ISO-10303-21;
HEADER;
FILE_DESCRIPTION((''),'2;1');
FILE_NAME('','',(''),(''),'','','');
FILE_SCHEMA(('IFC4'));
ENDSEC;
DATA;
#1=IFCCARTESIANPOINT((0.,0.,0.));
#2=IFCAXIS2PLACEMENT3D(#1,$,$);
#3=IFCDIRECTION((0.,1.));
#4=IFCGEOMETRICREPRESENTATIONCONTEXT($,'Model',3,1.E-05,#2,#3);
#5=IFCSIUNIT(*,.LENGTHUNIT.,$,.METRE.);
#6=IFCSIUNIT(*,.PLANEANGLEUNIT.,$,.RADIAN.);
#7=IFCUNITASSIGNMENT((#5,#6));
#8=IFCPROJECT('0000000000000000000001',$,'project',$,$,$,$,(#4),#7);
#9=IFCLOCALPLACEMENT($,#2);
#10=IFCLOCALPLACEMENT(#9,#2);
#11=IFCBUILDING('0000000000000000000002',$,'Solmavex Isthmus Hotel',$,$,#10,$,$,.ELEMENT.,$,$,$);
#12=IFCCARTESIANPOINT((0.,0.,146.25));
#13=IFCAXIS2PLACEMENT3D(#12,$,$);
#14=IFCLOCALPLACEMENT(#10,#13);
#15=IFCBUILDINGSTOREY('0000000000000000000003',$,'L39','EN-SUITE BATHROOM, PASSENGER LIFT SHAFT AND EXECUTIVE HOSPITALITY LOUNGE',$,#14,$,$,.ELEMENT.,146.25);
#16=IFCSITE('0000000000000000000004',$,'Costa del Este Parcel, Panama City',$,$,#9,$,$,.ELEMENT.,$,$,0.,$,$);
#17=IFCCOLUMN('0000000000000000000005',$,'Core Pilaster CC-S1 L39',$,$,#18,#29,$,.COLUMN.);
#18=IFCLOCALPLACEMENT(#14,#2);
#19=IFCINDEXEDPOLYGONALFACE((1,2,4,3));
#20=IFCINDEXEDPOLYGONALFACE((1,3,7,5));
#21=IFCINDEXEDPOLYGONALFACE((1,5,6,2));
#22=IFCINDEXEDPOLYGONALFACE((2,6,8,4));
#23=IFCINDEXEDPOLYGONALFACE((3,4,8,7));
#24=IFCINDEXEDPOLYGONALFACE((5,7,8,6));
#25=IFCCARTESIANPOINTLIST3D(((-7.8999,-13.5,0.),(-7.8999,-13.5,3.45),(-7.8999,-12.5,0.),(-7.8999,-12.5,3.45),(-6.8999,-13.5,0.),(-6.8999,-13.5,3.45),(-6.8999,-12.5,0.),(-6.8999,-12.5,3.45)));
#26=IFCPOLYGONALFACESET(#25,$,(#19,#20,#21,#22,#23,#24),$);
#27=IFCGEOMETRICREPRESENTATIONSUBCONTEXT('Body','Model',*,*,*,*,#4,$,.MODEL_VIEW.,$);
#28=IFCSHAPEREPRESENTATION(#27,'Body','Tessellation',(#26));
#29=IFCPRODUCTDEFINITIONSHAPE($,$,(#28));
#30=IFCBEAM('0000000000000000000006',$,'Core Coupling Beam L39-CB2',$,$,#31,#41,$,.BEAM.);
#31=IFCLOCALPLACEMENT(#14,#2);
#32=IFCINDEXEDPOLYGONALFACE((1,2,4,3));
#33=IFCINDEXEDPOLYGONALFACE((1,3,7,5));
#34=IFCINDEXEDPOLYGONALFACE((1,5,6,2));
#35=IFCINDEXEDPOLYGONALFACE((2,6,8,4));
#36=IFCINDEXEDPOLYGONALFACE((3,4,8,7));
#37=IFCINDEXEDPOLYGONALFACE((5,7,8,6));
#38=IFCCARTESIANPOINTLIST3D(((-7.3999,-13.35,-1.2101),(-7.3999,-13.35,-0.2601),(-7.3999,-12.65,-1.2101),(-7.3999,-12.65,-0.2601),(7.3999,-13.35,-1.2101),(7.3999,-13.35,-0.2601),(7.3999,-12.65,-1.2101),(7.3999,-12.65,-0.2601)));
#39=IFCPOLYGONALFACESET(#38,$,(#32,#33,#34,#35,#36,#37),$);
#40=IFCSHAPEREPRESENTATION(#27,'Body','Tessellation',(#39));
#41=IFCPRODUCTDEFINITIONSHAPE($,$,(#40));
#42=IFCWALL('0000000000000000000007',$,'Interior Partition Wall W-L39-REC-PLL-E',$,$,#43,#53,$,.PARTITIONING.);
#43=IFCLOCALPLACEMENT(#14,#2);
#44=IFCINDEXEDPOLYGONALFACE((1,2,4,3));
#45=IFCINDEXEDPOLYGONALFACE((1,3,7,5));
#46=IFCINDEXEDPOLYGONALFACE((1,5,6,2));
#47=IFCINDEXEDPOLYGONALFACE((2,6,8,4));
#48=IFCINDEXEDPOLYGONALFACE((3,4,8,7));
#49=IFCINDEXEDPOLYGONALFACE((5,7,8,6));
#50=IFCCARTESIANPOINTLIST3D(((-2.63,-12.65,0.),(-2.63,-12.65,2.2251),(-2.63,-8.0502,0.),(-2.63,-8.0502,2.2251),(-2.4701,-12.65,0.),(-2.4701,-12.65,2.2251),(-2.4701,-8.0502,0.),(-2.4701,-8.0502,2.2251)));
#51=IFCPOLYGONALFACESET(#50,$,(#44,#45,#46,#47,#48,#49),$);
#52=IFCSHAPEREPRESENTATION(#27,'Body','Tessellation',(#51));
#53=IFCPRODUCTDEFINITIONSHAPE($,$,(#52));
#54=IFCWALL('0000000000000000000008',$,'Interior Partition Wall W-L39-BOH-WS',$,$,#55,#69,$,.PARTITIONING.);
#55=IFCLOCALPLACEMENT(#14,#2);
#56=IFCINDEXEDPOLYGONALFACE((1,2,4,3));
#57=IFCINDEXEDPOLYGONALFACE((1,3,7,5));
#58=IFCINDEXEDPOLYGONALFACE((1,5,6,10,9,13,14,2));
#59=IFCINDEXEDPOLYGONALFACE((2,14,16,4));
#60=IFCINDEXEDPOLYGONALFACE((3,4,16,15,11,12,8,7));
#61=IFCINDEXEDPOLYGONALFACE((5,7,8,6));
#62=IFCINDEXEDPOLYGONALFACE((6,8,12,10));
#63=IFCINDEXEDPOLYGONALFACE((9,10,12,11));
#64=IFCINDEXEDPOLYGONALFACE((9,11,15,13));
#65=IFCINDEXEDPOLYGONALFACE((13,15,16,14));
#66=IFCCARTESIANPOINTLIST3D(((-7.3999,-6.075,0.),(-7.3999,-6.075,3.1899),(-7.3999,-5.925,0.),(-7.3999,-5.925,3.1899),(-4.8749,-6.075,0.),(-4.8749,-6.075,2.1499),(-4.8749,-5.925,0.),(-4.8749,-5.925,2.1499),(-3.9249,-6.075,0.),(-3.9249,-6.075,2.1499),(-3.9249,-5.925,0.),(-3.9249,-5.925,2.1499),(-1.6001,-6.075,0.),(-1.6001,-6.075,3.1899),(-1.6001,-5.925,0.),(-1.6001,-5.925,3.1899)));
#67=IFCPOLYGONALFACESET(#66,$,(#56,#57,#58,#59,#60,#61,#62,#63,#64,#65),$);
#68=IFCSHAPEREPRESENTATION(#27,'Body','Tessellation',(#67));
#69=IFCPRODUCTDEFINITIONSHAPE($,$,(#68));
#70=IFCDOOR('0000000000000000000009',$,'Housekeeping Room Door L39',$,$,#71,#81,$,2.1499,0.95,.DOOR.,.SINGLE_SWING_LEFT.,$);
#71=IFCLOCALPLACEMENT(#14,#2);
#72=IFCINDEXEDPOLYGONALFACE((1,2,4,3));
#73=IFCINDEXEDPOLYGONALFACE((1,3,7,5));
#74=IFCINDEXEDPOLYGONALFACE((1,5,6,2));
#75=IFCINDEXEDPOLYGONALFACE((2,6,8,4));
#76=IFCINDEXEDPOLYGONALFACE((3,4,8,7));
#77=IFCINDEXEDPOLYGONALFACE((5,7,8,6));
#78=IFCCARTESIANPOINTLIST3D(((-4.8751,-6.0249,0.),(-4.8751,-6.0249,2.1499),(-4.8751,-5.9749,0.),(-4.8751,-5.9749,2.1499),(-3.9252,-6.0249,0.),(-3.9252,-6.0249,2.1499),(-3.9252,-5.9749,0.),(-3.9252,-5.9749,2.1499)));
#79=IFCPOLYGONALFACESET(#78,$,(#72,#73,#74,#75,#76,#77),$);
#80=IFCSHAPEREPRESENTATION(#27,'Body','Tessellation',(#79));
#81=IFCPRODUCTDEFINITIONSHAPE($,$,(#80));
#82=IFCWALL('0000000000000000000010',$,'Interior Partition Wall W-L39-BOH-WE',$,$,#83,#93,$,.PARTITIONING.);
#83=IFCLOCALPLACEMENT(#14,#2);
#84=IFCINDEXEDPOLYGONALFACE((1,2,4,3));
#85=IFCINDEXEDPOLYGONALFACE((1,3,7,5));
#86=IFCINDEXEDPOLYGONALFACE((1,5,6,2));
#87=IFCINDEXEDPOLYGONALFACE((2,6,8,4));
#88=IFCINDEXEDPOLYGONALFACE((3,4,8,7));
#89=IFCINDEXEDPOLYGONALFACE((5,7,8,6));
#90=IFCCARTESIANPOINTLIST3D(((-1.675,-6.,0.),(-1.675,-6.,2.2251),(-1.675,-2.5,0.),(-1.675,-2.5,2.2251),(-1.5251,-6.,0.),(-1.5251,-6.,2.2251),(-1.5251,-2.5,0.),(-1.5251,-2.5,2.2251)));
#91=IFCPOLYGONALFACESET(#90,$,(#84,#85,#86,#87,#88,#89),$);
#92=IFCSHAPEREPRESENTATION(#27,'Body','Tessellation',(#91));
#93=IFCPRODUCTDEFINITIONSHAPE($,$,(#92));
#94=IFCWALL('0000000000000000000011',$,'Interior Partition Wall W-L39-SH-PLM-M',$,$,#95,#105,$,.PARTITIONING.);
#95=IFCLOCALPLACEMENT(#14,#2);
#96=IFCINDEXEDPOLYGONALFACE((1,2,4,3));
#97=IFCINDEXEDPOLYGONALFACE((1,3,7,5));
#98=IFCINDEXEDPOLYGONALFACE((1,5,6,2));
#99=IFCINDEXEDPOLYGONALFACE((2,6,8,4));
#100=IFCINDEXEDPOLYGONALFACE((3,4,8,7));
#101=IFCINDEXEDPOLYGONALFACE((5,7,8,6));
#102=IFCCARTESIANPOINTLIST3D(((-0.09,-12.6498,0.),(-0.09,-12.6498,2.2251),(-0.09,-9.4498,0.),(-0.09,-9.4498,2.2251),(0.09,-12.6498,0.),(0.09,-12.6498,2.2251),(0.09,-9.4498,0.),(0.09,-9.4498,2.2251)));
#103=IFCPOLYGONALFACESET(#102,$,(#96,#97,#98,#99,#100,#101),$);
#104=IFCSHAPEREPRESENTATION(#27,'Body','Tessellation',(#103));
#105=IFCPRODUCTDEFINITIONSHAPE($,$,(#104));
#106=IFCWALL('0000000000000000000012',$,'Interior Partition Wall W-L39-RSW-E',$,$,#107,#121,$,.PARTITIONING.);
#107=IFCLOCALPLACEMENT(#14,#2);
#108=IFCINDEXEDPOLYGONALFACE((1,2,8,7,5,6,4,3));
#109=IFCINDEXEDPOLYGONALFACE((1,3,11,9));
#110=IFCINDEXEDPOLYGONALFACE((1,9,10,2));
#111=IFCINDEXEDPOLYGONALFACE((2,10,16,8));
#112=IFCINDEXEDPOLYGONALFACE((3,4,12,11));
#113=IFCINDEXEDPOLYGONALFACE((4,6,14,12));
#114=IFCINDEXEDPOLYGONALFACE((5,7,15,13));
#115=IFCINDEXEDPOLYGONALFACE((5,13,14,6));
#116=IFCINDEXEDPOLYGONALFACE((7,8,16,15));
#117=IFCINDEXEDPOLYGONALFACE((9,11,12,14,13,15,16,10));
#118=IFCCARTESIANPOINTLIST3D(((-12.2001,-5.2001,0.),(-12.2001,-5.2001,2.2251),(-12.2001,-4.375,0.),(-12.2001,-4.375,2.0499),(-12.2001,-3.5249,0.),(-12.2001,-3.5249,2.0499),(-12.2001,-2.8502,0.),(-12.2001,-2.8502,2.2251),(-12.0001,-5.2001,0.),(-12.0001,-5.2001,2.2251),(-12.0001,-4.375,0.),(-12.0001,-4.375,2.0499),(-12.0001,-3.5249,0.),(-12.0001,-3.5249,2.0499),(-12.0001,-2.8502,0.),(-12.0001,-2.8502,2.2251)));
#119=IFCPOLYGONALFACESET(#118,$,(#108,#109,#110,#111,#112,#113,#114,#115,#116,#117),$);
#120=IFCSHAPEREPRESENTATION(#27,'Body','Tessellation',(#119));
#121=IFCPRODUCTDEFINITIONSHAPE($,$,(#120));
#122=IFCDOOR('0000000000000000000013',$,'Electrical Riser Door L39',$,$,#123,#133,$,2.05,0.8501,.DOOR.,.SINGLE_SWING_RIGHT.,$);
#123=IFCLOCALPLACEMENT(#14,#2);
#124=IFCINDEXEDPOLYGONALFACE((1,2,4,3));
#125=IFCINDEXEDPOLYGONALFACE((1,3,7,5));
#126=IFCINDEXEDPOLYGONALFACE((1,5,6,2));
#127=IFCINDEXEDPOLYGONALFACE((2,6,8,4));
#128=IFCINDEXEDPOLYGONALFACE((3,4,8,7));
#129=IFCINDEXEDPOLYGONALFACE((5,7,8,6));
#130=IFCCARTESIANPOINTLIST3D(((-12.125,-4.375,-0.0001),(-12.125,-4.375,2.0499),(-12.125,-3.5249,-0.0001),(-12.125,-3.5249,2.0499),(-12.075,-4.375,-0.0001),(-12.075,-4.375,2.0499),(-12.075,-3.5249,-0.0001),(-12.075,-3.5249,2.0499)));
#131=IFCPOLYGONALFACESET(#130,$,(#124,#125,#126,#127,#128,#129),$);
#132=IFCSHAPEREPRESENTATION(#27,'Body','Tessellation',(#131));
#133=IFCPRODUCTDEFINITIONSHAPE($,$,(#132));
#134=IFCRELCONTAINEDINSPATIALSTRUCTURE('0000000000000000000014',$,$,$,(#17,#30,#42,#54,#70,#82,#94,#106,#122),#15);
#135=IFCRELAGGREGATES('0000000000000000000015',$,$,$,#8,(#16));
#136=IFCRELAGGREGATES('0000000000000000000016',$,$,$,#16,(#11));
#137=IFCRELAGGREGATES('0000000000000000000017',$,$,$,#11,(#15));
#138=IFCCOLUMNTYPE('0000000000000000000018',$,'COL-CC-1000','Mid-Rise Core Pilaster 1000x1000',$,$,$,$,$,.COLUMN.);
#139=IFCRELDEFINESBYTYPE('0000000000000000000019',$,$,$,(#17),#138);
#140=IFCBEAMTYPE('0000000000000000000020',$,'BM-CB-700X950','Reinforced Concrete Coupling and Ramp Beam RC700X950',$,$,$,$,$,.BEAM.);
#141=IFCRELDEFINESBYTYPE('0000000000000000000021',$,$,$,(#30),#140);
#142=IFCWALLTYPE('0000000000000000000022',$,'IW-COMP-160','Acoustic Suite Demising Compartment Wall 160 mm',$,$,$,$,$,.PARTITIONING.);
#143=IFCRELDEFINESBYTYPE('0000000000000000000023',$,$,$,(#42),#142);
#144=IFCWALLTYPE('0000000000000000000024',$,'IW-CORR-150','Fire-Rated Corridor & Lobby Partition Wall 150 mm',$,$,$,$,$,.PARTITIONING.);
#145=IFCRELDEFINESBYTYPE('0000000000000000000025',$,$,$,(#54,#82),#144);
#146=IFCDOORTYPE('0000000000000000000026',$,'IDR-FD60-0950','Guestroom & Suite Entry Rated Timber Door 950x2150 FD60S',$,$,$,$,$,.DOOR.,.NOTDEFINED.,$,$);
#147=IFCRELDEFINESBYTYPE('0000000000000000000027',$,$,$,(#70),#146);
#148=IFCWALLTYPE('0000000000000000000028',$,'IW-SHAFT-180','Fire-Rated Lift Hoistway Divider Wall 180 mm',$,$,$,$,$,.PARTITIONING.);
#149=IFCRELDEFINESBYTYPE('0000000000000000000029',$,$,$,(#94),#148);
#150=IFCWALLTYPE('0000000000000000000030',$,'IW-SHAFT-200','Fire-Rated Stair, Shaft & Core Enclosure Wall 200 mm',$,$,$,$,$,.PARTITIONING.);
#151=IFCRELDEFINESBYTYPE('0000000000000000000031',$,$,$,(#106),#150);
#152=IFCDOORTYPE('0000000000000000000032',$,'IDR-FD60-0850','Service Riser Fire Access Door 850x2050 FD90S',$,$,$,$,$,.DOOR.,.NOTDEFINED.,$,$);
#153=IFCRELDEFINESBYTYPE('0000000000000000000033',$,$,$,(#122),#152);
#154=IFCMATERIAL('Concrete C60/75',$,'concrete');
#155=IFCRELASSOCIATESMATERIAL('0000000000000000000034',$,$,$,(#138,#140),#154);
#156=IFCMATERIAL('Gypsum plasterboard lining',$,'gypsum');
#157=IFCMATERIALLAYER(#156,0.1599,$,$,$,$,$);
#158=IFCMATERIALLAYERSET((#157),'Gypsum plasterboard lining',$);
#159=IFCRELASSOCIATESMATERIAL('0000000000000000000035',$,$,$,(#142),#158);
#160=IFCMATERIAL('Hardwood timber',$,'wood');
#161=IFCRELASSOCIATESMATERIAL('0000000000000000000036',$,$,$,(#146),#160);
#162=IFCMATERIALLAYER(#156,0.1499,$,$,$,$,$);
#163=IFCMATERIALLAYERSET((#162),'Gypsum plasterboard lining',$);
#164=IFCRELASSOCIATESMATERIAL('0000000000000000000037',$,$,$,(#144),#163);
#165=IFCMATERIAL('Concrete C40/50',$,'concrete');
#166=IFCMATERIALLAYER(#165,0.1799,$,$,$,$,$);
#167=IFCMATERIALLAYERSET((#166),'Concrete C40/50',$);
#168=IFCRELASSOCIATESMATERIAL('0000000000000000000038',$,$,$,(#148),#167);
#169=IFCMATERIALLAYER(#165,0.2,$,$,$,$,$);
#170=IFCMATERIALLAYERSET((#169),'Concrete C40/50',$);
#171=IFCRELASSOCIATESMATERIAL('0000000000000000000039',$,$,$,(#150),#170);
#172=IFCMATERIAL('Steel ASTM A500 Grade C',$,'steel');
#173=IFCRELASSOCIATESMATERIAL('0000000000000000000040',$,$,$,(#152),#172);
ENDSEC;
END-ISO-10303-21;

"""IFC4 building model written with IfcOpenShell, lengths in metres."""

from ifc_helpers import new_model, si_unit, direction, frame, frame_2d, origin, origin_2d, place, context, subcontext, project, spatial, rectangle, extrude, material, layer, layer_set, material_profile, profile_set, type_object, element, fill, save


model = new_model("IFC4")

# Units and contexts
model_context = context("Model", 3, precision=1e-05, world=origin(), true_north=direction((0.0, 1.0)))
body_context = subcontext(model_context, "Body", "Model", "MODEL_VIEW")
ifc_project = project(units=[si_unit("LENGTHUNIT", "METRE"), si_unit("PLANEANGLEUNIT", "RADIAN")], contexts=[model_context])

# Site, building, storey
site_placement = place(None, origin())
site = spatial("IfcSite", under=ifc_project, at=site_placement, Name="Costa del Este Parcel, Panama City", CompositionType="ELEMENT", RefElevation=0.0)
building_placement = place(site_placement, origin())
building = spatial("IfcBuilding", under=site, at=building_placement, Name="Solmavex Isthmus Hotel", CompositionType="ELEMENT")
storey_placement = place(building_placement, frame((0.0, 0.0, 146.25)))
storey = spatial("IfcBuildingStorey", under=building, at=storey_placement, Name="L39", Description="EN-SUITE BATHROOM, PASSENGER LIFT SHAFT AND EXECUTIVE HOSPITALITY LOUNGE", CompositionType="ELEMENT", Elevation=146.25)

# Column
ifc_material_1 = material(Name="Concrete C60/75", Category="concrete")
ifc_material_profile_1 = material_profile(ifc_material_1, rectangle(XDim=1.0, YDim=1.0, at=origin_2d()), Name="RC1000X1000")
ifc_profile_set_1 = profile_set([ifc_material_profile_1], Name="Concrete C60/75")
column_type = type_object("IfcColumnType", Name="COL-CC-1000", Description="Mid-Rise Core Pilaster 1000x1000", PredefinedType="COLUMN", material=ifc_profile_set_1)
column_placement = place(storey_placement, frame((-7.3999, -13.0, 0.0), z_axis=(0.0, 0.0, 1.0), x_axis=(1.0, 0.0, 0.0)))
element("IfcColumn", 1, at=column_placement, inside=storey, type_object=column_type, Name="Core Pilaster CC-S1 L39", PredefinedType="COLUMN", context=body_context, shape_type="SweptSolid", body=[
    extrude(rectangle(XDim=1.0, YDim=1.0, at=origin_2d()), origin(), (0.0, 0.0, 1.0), 3.45),
])

# Beam
ifc_material_profile_2 = material_profile(ifc_material_1, rectangle(XDim=0.7, YDim=0.95, at=origin_2d()), Name="RC700X950")
ifc_profile_set_2 = profile_set([ifc_material_profile_2], Name="Concrete C60/75")
beam_type = type_object("IfcBeamType", Name="BM-CB-700X950", Description="Reinforced Concrete Coupling and Ramp Beam RC700X950", PredefinedType="BEAM", material=ifc_profile_set_2)
beam_placement = place(storey_placement, frame((-7.3999, -13.0, -0.7351), z_axis=(1.0, 0.0, 0.0), x_axis=(0.0, 1.0, 0.0)))
element("IfcBeam", 2, at=beam_placement, inside=storey, type_object=beam_type, Name="Core Coupling Beam L39-CB2", PredefinedType="BEAM", context=body_context, shape_type="SweptSolid", body=[
    extrude(rectangle(XDim=0.7, YDim=0.95, at=origin_2d()), origin(), (0.0, 0.0, 1.0), 14.7998),
])

# Shared definitions
ifc_material_2 = material(Name="Gypsum plasterboard lining", Category="gypsum")
ifc_layer_1 = layer(ifc_material_2, 0.1599)
ifc_layer_set_1 = layer_set([ifc_layer_1], Name="Gypsum plasterboard lining")
wall_type_1 = type_object("IfcWallType", Name="IW-COMP-160", Description="Acoustic Suite Demising Compartment Wall 160 mm", PredefinedType="PARTITIONING", material=ifc_layer_set_1)
ifc_material_3 = material(Name="Hardwood timber", Category="wood")
door_type_1 = type_object("IfcDoorType", Name="IDR-FD60-0950", Description="Guestroom & Suite Entry Rated Timber Door 950x2150 FD60S", OperationType="NOTDEFINED", PredefinedType="DOOR", material=ifc_material_3)

# Wall
wall_1_placement = place(storey_placement, frame((-2.55, -12.6499, 0.0), z_axis=(0.0, 0.0, 1.0), x_axis=(0.0, 1.0, 0.0)))
element("IfcWall", 3, at=wall_1_placement, inside=storey, type_object=wall_type_1, Name="Interior Partition Wall W-L39-REC-PLL-E", PredefinedType="PARTITIONING", context=body_context, shape_type="SweptSolid", body=[
    extrude(rectangle(XDim=4.5999, YDim=0.1599, at=frame_2d((2.2998, 0.0))), origin(), (0.0, 0.0, 1.0), 2.2251),
])

# Wall, opening, door
ifc_layer_2 = layer(ifc_material_2, 0.1499)
ifc_layer_set_2 = layer_set([ifc_layer_2], Name="Gypsum plasterboard lining")
wall_type_2 = type_object("IfcWallType", Name="IW-CORR-150", Description="Fire-Rated Corridor & Lobby Partition Wall 150 mm", PredefinedType="PARTITIONING", material=ifc_layer_set_2)
wall_2_placement = place(storey_placement, frame((-7.3999, -6.0, 0.0), z_axis=(0.0, 0.0, 1.0), x_axis=(1.0, 0.0, 0.0)))
wall_2 = element("IfcWall", 4, at=wall_2_placement, inside=storey, type_object=wall_type_2, Name="Interior Partition Wall W-L39-BOH-WS", PredefinedType="PARTITIONING", context=body_context, shape_type="SweptSolid", body=[
    extrude(rectangle(XDim=5.7998, YDim=0.1499, at=frame_2d((2.8999, 0.0))), origin(), (0.0, 0.0, 1.0), 3.1899),
])
opening_1_placement = place(wall_2_placement, frame((2.5249, 0.0, 0.0)))
opening_1 = element("IfcOpeningElement", 5, at=opening_1_placement, cuts=wall_2, PredefinedType="OPENING", context=body_context, shape_type="SweptSolid", body=[
    extrude(rectangle(XDim=0.95, YDim=2.1499, at=frame_2d((0.4751, 1.075))), frame((0.0, 0.085, 0.0), z_axis=(0.0, -1.0, 0.0), x_axis=(1.0, 0.0, 0.0)), (0.0, 0.0, 1.0), 0.1699),
])
door_1_placement = place(opening_1_placement, frame((0.95, 0.0, 0.0), z_axis=(0.0, 0.0, 1.0), x_axis=(-1.0, 0.0, 0.0)))
door_1 = element("IfcDoor", 6, at=door_1_placement, inside=storey, type_object=door_type_1, Name="Housekeeping Room Door L39", OperationType="SINGLE_SWING_LEFT", OverallHeight=2.1499, OverallWidth=0.95, PredefinedType="DOOR", context=body_context, shape_type="SweptSolid", body=[
    extrude(rectangle(XDim=0.95, YDim=2.1499, at=frame_2d((0.4751, 1.075))), frame((0.0, 0.0249, 0.0), z_axis=(0.0, -1.0, 0.0), x_axis=(1.0, 0.0, 0.0)), (0.0, 0.0, 1.0), 0.05),
])
fill(opening_1, door_1)

# Walls
wall_3_placement = place(storey_placement, frame((-1.6001, -6.0, 0.0), z_axis=(0.0, 0.0, 1.0), x_axis=(0.0, 1.0, 0.0)))
element("IfcWall", 7, at=wall_3_placement, inside=storey, type_object=wall_type_2, Name="Interior Partition Wall W-L39-BOH-WE", PredefinedType="PARTITIONING", context=body_context, shape_type="SweptSolid", body=[
    extrude(rectangle(XDim=3.5, YDim=0.1499, at=frame_2d((1.75, 0.0))), origin(), (0.0, 0.0, 1.0), 2.2251),
])
ifc_material_4 = material(Name="Concrete C40/50", Category="concrete")
ifc_layer_3 = layer(ifc_material_4, 0.1799)
ifc_layer_set_3 = layer_set([ifc_layer_3], Name="Concrete C40/50")
wall_type_3 = type_object("IfcWallType", Name="IW-SHAFT-180", Description="Fire-Rated Lift Hoistway Divider Wall 180 mm", PredefinedType="PARTITIONING", material=ifc_layer_set_3)
wall_4_placement = place(storey_placement, frame((0.0, -12.6499, 0.0), z_axis=(0.0, 0.0, 1.0), x_axis=(0.0, 1.0, 0.0)))
element("IfcWall", 8, at=wall_4_placement, inside=storey, type_object=wall_type_3, Name="Interior Partition Wall W-L39-SH-PLM-M", PredefinedType="PARTITIONING", context=body_context, shape_type="SweptSolid", body=[
    extrude(rectangle(XDim=3.2, YDim=0.1799, at=frame_2d((1.6001, 0.0))), origin(), (0.0, 0.0, 1.0), 2.2251),
])

# Wall, opening, door
ifc_layer_4 = layer(ifc_material_4, 0.2)
ifc_layer_set_4 = layer_set([ifc_layer_4], Name="Concrete C40/50")
wall_type_4 = type_object("IfcWallType", Name="IW-SHAFT-200", Description="Fire-Rated Stair, Shaft & Core Enclosure Wall 200 mm", PredefinedType="PARTITIONING", material=ifc_layer_set_4)
wall_5_placement = place(storey_placement, frame((-12.1001, -5.2, 0.0), z_axis=(0.0, 0.0, 1.0), x_axis=(0.0, 1.0, 0.0)))
wall_5 = element("IfcWall", 9, at=wall_5_placement, inside=storey, type_object=wall_type_4, Name="Interior Partition Wall W-L39-RSW-E", PredefinedType="PARTITIONING", context=body_context, shape_type="SweptSolid", body=[
    extrude(rectangle(XDim=2.3499, YDim=0.2, at=frame_2d((1.1748, 0.0))), origin(), (0.0, 0.0, 1.0), 2.2251),
])
opening_2_placement = place(wall_5_placement, frame((0.825, 0.0, 0.0)))
opening_2 = element("IfcOpeningElement", 10, at=opening_2_placement, cuts=wall_5, PredefinedType="OPENING", context=body_context, shape_type="SweptSolid", body=[
    extrude(rectangle(XDim=0.8501, YDim=2.05, at=frame_2d((0.425, 1.0249))), frame((0.0, 0.1099, 0.0), z_axis=(0.0, -1.0, 0.0), x_axis=(1.0, 0.0, 0.0)), (0.0, 0.0, 1.0), 0.22),
])
ifc_material_5 = material(Name="Steel ASTM A500 Grade C", Category="steel")
door_type_2 = type_object("IfcDoorType", Name="IDR-FD60-0850", Description="Service Riser Fire Access Door 850x2050 FD90S", OperationType="NOTDEFINED", PredefinedType="DOOR", material=ifc_material_5)
door_2_placement = place(opening_2_placement, origin())
door_2 = element("IfcDoor", 11, at=door_2_placement, inside=storey, type_object=door_type_2, Name="Electrical Riser Door L39", OperationType="SINGLE_SWING_RIGHT", OverallHeight=2.05, OverallWidth=0.8501, PredefinedType="DOOR", context=body_context, shape_type="SweptSolid", body=[
    extrude(rectangle(XDim=0.8501, YDim=2.05, at=frame_2d((0.425, 1.0249))), frame((0.0, 0.0249, 0.0), z_axis=(0.0, -1.0, 0.0), x_axis=(1.0, 0.0, 0.0)), (0.0, 0.0, 1.0), 0.05),
])
fill(opening_2, door_2)

save(model, "model.ifc")
